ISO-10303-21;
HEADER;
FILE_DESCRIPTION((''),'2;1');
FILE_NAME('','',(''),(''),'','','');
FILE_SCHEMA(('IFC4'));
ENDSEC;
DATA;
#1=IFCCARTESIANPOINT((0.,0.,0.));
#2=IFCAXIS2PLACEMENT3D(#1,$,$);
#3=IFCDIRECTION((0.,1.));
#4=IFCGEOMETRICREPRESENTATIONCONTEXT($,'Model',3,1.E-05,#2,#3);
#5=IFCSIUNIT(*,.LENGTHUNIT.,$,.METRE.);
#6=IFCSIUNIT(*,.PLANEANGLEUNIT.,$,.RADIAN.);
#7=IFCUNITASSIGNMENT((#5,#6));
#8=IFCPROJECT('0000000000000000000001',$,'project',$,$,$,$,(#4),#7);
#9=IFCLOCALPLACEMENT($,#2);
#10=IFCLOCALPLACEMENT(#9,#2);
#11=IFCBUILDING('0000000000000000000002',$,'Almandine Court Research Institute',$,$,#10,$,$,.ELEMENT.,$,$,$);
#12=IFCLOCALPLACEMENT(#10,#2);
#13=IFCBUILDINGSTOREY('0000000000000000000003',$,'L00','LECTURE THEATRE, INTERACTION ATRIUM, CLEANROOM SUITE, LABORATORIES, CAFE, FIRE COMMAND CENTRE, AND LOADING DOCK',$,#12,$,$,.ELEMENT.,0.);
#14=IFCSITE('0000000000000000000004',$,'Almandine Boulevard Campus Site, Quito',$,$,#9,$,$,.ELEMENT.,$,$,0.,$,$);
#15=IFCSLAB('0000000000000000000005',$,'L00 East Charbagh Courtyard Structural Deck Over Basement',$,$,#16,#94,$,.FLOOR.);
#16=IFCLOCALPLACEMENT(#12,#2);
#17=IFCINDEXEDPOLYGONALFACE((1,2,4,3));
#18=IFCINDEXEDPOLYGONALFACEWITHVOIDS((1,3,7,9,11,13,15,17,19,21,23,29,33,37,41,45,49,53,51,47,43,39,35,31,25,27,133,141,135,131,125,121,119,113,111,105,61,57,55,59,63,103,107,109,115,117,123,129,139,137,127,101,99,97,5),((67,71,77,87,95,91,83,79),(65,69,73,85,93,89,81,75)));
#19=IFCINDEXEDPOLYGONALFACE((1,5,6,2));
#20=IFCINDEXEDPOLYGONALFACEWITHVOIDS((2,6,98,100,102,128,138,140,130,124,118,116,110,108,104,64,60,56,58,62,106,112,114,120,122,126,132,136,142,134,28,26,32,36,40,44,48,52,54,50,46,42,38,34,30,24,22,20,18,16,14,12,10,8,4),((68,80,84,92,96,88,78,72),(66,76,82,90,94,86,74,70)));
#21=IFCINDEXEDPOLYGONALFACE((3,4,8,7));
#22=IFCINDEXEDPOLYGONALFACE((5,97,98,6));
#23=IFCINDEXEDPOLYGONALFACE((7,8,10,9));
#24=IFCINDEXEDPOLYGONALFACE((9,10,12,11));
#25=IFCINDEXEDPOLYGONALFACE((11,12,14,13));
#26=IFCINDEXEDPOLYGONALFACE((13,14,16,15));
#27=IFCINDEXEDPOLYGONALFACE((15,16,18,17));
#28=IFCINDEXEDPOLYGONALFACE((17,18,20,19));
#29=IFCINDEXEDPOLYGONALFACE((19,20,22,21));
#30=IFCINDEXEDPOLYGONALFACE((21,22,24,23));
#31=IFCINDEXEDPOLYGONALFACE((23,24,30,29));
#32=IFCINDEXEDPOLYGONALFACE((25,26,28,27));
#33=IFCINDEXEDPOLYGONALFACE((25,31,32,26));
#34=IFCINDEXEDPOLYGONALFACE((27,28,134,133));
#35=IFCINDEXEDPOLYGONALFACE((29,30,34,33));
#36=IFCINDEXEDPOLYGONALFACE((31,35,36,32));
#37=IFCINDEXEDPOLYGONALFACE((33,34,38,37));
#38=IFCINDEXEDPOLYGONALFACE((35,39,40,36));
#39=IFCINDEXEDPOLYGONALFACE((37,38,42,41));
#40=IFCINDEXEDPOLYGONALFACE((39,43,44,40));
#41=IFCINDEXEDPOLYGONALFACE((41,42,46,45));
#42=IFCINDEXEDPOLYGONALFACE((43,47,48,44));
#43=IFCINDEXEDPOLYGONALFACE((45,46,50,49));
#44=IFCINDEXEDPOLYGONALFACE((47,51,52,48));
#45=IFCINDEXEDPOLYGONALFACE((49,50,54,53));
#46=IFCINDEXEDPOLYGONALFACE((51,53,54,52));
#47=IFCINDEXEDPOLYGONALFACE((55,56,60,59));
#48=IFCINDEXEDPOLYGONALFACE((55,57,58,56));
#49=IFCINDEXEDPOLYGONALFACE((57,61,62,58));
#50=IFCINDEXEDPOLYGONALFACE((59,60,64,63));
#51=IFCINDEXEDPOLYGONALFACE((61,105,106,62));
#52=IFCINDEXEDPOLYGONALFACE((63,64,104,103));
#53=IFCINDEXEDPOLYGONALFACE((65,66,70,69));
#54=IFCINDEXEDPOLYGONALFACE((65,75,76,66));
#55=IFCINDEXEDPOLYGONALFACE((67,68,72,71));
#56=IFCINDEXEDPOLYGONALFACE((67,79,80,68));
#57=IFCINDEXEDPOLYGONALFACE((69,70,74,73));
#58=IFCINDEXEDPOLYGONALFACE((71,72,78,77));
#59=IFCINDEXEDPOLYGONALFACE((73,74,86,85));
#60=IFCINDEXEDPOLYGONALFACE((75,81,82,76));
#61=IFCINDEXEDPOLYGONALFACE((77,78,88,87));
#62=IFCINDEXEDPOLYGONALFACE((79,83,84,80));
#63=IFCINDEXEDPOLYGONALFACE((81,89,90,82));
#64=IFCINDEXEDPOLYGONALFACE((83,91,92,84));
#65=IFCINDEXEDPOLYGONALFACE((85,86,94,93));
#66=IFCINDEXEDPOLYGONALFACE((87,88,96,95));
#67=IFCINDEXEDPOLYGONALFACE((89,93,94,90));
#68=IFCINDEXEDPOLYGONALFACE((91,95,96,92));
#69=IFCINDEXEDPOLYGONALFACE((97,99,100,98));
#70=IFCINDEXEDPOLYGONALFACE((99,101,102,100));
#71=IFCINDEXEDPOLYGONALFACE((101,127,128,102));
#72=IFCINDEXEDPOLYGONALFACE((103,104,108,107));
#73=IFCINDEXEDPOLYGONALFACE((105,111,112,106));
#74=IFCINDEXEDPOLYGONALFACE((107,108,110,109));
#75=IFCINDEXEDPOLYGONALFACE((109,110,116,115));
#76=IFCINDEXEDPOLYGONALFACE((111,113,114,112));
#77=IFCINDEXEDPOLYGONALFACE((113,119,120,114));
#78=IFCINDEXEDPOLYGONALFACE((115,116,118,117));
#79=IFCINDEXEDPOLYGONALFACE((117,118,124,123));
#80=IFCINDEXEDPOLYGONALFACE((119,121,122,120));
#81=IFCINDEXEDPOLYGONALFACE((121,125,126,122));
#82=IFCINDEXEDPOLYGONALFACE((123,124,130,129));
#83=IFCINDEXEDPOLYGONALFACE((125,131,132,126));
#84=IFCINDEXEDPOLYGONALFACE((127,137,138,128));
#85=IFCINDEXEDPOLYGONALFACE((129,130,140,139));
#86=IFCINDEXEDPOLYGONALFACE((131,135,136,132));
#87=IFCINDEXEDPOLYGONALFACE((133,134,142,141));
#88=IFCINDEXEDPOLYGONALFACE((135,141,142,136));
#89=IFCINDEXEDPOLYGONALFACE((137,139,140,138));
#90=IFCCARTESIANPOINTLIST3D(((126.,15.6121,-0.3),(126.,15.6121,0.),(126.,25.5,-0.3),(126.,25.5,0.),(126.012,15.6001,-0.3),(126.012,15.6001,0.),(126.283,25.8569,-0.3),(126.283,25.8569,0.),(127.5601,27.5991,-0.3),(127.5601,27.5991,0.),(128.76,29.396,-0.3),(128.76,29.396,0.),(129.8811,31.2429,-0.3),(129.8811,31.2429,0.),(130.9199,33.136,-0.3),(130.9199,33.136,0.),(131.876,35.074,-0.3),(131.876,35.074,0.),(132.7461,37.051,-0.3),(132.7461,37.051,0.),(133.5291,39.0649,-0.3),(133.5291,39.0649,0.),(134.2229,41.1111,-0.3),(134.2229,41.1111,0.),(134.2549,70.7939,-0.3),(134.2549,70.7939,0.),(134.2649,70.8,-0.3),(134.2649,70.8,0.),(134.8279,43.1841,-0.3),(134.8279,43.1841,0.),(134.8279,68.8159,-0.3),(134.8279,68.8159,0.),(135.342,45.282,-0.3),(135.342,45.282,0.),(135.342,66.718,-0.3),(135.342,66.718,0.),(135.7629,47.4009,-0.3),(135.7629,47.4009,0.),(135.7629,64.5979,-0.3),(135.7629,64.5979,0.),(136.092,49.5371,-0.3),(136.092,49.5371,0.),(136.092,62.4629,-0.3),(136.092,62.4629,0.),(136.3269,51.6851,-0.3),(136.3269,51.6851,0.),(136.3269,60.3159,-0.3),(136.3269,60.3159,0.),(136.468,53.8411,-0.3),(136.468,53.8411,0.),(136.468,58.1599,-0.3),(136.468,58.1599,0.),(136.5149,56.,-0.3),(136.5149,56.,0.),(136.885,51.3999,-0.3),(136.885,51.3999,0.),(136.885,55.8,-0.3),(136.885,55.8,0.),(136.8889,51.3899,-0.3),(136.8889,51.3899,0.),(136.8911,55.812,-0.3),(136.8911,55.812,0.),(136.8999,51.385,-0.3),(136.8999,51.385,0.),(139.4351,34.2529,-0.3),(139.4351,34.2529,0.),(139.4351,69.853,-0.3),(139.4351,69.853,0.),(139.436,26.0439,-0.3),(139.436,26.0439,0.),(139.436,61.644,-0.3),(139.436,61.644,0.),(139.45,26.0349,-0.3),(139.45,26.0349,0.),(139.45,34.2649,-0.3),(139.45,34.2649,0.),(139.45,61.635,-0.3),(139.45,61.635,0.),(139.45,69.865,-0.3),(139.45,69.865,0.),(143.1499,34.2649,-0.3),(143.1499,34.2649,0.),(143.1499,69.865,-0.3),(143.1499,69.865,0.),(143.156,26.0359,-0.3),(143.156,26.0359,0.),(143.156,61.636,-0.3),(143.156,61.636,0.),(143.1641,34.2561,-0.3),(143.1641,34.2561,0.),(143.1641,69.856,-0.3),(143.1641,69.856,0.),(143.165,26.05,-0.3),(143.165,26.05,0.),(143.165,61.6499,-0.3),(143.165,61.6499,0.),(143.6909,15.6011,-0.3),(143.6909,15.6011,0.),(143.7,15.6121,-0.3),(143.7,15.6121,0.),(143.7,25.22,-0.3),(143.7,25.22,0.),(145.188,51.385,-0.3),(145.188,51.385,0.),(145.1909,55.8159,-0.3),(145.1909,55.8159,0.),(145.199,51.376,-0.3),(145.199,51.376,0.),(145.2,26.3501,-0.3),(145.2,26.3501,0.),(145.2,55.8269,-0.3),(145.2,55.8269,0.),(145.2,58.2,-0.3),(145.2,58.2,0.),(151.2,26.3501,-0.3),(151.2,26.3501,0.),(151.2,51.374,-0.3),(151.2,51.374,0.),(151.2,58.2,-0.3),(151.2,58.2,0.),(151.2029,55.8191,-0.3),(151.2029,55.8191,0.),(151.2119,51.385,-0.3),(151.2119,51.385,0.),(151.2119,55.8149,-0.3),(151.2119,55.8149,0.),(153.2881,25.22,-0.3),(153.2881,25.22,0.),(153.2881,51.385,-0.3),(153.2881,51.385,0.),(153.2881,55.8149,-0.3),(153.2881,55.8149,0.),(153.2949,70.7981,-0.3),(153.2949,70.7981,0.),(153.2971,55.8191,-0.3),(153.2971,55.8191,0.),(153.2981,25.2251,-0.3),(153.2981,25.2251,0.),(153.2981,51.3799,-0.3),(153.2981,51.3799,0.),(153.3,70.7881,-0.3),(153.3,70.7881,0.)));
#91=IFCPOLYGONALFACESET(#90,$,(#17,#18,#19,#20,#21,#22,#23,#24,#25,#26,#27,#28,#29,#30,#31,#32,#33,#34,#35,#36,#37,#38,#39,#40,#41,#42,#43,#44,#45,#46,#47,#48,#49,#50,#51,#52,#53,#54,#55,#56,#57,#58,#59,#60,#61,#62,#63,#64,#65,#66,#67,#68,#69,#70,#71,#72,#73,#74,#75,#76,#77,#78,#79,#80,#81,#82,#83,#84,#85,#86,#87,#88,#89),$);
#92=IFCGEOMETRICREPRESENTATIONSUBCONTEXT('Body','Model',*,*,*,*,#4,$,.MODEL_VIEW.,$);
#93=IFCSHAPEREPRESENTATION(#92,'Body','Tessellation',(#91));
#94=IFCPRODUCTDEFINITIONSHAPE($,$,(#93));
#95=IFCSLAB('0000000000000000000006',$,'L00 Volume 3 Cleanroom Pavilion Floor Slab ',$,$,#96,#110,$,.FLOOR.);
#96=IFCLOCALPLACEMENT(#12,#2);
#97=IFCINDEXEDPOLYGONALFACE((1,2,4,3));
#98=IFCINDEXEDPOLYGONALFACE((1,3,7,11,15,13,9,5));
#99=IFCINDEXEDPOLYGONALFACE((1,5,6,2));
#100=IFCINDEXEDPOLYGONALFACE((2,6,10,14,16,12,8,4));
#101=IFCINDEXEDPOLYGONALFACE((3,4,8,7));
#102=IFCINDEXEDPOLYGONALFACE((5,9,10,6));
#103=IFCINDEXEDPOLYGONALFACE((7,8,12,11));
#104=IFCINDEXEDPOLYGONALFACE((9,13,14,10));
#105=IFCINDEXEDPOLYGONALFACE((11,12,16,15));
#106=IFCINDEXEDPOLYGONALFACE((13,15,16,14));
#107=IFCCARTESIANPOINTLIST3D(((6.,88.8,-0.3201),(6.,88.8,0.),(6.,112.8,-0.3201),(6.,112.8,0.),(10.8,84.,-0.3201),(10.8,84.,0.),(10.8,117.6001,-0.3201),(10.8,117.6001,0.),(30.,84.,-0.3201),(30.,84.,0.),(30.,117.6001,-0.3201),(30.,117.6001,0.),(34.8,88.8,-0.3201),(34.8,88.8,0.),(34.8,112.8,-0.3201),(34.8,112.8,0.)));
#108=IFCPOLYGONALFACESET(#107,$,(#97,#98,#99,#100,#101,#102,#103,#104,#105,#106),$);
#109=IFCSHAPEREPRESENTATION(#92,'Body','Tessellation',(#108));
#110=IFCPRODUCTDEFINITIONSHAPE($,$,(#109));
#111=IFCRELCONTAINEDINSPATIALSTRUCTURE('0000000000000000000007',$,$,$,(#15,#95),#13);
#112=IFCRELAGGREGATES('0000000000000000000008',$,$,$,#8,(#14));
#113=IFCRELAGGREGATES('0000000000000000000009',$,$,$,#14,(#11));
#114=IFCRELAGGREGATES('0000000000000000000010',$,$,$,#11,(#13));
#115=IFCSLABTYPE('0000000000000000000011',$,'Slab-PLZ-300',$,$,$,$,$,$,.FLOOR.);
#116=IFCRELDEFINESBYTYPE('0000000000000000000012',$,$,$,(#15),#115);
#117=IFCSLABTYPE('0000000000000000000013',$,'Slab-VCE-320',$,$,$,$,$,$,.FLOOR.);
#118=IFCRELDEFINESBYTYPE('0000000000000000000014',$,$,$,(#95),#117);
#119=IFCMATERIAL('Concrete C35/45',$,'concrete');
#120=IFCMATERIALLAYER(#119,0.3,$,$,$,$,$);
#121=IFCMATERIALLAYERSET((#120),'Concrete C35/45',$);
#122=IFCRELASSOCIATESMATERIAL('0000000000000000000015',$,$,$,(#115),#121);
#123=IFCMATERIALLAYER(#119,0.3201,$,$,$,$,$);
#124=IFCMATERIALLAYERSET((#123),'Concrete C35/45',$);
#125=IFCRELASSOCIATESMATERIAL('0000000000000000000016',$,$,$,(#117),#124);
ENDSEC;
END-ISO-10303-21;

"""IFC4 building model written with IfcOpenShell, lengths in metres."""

from ifc_helpers import new_model, si_unit, direction, frame, origin, place, context, subcontext, project, spatial, polyline, outline, extrude, material, layer, layer_set, type_object, element, save


model = new_model("IFC4")

# Units and contexts
model_context = context("Model", 3, precision=1e-05, world=origin(), true_north=direction((0.0, 1.0)))
body_context = subcontext(model_context, "Body", "Model", "MODEL_VIEW")
ifc_project = project(units=[si_unit("LENGTHUNIT", "METRE"), si_unit("PLANEANGLEUNIT", "RADIAN")], contexts=[model_context])

# Site, building, storey
site_placement = place(None, origin())
site = spatial("IfcSite", under=ifc_project, at=site_placement, Name="Almandine Boulevard Campus Site, Quito", CompositionType="ELEMENT", RefElevation=0.0)
building_placement = place(site_placement, origin())
building = spatial("IfcBuilding", under=site, at=building_placement, Name="Almandine Court Research Institute", CompositionType="ELEMENT")
storey_placement = place(building_placement, origin())
storey = spatial("IfcBuildingStorey", under=building, at=storey_placement, Name="L00", Description="LECTURE THEATRE, INTERACTION ATRIUM, CLEANROOM SUITE, LABORATORIES, CAFE, FIRE COMMAND CENTRE, AND LOADING DOCK", CompositionType="ELEMENT", Elevation=0.0)

# Slabs
ifc_material = material(Name="Concrete C35/45", Category="concrete")
ifc_layer_1 = layer(ifc_material, 0.3)
ifc_layer_set_1 = layer_set([ifc_layer_1], Name="Concrete C35/45")
slab_type_1 = type_object("IfcSlabType", Name="Slab-PLZ-300", PredefinedType="FLOOR", material=ifc_layer_set_1)
slab_1_placement = place(storey_placement, frame((0.0, 0.0, -0.3)))
element("IfcSlab", 1, at=slab_1_placement, inside=storey, type_object=slab_type_1, Name="L00 East Charbagh Courtyard Structural Deck Over Basement", PredefinedType="FLOOR", context=body_context, shape_type="SweptSolid", body=[
    extrude(outline(polyline([(126.283, 25.8569), (127.5601, 27.5991), (128.76, 29.396), (129.8811, 31.2429), (130.9199, 33.136), (131.876, 35.074), (132.7461, 37.051), (133.5291, 39.0649), (134.2229, 41.1111), (134.8279, 43.1841), (135.342, 45.282), (135.7629, 47.4009), (136.092, 49.5371), (136.3269, 51.6851), (136.468, 53.8411), (136.5149, 56.0), (136.468, 58.1599), (136.3269, 60.3159), (136.092, 62.4629), (135.7629, 64.5979), (135.342, 66.718), (134.8279, 68.8159), (134.2549, 70.7939), (134.2649, 70.8), (153.2949, 70.7981), (153.3, 70.7881), (153.2971, 55.8191), (153.2881, 55.8149), (151.2119, 55.8149), (151.2029, 55.8191), (151.2, 58.2), (145.2, 58.2), (145.2, 55.8269), (145.1909, 55.8159), (136.8911, 55.812), (136.885, 55.8), (136.885, 51.3999), (136.8889, 51.3899), (136.8999, 51.385), (145.188, 51.385), (145.199, 51.376), (145.2, 26.3501), (151.2, 26.3501), (151.2, 51.374), (151.2119, 51.385), (153.2881, 51.385), (153.2981, 51.3799), (153.2981, 25.2251), (153.2881, 25.22), (143.7, 25.22), (143.7, 15.6121), (143.6909, 15.6011), (126.012, 15.6001), (126.0, 15.6121), (126.0, 25.5), (126.283, 25.8569)]), holes=[polyline([(139.4351, 34.2529), (139.436, 26.0439), (139.45, 26.0349), (143.156, 26.0359), (143.165, 26.05), (143.1641, 34.2561), (143.1499, 34.2649), (139.45, 34.2649), (139.4351, 34.2529)]), polyline([(139.4351, 69.853), (139.436, 61.644), (139.45, 61.635), (143.156, 61.636), (143.165, 61.6499), (143.1641, 69.856), (143.1499, 69.865), (139.45, 69.865), (139.4351, 69.853)])]), origin(), (0.0, 0.0, 1.0), 0.3),
])
ifc_layer_2 = layer(ifc_material, 0.3201)
ifc_layer_set_2 = layer_set([ifc_layer_2], Name="Concrete C35/45")
slab_type_2 = type_object("IfcSlabType", Name="Slab-VCE-320", PredefinedType="FLOOR", material=ifc_layer_set_2)
slab_2_placement = place(storey_placement, frame((0.0, 0.0, -0.3201)))
element("IfcSlab", 2, at=slab_2_placement, inside=storey, type_object=slab_type_2, Name="L00 Volume 3 Cleanroom Pavilion Floor Slab ", PredefinedType="FLOOR", context=body_context, shape_type="SweptSolid", body=[
    extrude(outline(polyline([(10.8, 84.0), (30.0, 84.0), (34.8, 88.8), (34.8, 112.8), (30.0, 117.6001), (10.8, 117.6001), (6.0, 112.8), (6.0, 88.8), (10.8, 84.0)])), origin(), (0.0, 0.0, 1.0), 0.3201),
])

save(model, "model.ifc")
